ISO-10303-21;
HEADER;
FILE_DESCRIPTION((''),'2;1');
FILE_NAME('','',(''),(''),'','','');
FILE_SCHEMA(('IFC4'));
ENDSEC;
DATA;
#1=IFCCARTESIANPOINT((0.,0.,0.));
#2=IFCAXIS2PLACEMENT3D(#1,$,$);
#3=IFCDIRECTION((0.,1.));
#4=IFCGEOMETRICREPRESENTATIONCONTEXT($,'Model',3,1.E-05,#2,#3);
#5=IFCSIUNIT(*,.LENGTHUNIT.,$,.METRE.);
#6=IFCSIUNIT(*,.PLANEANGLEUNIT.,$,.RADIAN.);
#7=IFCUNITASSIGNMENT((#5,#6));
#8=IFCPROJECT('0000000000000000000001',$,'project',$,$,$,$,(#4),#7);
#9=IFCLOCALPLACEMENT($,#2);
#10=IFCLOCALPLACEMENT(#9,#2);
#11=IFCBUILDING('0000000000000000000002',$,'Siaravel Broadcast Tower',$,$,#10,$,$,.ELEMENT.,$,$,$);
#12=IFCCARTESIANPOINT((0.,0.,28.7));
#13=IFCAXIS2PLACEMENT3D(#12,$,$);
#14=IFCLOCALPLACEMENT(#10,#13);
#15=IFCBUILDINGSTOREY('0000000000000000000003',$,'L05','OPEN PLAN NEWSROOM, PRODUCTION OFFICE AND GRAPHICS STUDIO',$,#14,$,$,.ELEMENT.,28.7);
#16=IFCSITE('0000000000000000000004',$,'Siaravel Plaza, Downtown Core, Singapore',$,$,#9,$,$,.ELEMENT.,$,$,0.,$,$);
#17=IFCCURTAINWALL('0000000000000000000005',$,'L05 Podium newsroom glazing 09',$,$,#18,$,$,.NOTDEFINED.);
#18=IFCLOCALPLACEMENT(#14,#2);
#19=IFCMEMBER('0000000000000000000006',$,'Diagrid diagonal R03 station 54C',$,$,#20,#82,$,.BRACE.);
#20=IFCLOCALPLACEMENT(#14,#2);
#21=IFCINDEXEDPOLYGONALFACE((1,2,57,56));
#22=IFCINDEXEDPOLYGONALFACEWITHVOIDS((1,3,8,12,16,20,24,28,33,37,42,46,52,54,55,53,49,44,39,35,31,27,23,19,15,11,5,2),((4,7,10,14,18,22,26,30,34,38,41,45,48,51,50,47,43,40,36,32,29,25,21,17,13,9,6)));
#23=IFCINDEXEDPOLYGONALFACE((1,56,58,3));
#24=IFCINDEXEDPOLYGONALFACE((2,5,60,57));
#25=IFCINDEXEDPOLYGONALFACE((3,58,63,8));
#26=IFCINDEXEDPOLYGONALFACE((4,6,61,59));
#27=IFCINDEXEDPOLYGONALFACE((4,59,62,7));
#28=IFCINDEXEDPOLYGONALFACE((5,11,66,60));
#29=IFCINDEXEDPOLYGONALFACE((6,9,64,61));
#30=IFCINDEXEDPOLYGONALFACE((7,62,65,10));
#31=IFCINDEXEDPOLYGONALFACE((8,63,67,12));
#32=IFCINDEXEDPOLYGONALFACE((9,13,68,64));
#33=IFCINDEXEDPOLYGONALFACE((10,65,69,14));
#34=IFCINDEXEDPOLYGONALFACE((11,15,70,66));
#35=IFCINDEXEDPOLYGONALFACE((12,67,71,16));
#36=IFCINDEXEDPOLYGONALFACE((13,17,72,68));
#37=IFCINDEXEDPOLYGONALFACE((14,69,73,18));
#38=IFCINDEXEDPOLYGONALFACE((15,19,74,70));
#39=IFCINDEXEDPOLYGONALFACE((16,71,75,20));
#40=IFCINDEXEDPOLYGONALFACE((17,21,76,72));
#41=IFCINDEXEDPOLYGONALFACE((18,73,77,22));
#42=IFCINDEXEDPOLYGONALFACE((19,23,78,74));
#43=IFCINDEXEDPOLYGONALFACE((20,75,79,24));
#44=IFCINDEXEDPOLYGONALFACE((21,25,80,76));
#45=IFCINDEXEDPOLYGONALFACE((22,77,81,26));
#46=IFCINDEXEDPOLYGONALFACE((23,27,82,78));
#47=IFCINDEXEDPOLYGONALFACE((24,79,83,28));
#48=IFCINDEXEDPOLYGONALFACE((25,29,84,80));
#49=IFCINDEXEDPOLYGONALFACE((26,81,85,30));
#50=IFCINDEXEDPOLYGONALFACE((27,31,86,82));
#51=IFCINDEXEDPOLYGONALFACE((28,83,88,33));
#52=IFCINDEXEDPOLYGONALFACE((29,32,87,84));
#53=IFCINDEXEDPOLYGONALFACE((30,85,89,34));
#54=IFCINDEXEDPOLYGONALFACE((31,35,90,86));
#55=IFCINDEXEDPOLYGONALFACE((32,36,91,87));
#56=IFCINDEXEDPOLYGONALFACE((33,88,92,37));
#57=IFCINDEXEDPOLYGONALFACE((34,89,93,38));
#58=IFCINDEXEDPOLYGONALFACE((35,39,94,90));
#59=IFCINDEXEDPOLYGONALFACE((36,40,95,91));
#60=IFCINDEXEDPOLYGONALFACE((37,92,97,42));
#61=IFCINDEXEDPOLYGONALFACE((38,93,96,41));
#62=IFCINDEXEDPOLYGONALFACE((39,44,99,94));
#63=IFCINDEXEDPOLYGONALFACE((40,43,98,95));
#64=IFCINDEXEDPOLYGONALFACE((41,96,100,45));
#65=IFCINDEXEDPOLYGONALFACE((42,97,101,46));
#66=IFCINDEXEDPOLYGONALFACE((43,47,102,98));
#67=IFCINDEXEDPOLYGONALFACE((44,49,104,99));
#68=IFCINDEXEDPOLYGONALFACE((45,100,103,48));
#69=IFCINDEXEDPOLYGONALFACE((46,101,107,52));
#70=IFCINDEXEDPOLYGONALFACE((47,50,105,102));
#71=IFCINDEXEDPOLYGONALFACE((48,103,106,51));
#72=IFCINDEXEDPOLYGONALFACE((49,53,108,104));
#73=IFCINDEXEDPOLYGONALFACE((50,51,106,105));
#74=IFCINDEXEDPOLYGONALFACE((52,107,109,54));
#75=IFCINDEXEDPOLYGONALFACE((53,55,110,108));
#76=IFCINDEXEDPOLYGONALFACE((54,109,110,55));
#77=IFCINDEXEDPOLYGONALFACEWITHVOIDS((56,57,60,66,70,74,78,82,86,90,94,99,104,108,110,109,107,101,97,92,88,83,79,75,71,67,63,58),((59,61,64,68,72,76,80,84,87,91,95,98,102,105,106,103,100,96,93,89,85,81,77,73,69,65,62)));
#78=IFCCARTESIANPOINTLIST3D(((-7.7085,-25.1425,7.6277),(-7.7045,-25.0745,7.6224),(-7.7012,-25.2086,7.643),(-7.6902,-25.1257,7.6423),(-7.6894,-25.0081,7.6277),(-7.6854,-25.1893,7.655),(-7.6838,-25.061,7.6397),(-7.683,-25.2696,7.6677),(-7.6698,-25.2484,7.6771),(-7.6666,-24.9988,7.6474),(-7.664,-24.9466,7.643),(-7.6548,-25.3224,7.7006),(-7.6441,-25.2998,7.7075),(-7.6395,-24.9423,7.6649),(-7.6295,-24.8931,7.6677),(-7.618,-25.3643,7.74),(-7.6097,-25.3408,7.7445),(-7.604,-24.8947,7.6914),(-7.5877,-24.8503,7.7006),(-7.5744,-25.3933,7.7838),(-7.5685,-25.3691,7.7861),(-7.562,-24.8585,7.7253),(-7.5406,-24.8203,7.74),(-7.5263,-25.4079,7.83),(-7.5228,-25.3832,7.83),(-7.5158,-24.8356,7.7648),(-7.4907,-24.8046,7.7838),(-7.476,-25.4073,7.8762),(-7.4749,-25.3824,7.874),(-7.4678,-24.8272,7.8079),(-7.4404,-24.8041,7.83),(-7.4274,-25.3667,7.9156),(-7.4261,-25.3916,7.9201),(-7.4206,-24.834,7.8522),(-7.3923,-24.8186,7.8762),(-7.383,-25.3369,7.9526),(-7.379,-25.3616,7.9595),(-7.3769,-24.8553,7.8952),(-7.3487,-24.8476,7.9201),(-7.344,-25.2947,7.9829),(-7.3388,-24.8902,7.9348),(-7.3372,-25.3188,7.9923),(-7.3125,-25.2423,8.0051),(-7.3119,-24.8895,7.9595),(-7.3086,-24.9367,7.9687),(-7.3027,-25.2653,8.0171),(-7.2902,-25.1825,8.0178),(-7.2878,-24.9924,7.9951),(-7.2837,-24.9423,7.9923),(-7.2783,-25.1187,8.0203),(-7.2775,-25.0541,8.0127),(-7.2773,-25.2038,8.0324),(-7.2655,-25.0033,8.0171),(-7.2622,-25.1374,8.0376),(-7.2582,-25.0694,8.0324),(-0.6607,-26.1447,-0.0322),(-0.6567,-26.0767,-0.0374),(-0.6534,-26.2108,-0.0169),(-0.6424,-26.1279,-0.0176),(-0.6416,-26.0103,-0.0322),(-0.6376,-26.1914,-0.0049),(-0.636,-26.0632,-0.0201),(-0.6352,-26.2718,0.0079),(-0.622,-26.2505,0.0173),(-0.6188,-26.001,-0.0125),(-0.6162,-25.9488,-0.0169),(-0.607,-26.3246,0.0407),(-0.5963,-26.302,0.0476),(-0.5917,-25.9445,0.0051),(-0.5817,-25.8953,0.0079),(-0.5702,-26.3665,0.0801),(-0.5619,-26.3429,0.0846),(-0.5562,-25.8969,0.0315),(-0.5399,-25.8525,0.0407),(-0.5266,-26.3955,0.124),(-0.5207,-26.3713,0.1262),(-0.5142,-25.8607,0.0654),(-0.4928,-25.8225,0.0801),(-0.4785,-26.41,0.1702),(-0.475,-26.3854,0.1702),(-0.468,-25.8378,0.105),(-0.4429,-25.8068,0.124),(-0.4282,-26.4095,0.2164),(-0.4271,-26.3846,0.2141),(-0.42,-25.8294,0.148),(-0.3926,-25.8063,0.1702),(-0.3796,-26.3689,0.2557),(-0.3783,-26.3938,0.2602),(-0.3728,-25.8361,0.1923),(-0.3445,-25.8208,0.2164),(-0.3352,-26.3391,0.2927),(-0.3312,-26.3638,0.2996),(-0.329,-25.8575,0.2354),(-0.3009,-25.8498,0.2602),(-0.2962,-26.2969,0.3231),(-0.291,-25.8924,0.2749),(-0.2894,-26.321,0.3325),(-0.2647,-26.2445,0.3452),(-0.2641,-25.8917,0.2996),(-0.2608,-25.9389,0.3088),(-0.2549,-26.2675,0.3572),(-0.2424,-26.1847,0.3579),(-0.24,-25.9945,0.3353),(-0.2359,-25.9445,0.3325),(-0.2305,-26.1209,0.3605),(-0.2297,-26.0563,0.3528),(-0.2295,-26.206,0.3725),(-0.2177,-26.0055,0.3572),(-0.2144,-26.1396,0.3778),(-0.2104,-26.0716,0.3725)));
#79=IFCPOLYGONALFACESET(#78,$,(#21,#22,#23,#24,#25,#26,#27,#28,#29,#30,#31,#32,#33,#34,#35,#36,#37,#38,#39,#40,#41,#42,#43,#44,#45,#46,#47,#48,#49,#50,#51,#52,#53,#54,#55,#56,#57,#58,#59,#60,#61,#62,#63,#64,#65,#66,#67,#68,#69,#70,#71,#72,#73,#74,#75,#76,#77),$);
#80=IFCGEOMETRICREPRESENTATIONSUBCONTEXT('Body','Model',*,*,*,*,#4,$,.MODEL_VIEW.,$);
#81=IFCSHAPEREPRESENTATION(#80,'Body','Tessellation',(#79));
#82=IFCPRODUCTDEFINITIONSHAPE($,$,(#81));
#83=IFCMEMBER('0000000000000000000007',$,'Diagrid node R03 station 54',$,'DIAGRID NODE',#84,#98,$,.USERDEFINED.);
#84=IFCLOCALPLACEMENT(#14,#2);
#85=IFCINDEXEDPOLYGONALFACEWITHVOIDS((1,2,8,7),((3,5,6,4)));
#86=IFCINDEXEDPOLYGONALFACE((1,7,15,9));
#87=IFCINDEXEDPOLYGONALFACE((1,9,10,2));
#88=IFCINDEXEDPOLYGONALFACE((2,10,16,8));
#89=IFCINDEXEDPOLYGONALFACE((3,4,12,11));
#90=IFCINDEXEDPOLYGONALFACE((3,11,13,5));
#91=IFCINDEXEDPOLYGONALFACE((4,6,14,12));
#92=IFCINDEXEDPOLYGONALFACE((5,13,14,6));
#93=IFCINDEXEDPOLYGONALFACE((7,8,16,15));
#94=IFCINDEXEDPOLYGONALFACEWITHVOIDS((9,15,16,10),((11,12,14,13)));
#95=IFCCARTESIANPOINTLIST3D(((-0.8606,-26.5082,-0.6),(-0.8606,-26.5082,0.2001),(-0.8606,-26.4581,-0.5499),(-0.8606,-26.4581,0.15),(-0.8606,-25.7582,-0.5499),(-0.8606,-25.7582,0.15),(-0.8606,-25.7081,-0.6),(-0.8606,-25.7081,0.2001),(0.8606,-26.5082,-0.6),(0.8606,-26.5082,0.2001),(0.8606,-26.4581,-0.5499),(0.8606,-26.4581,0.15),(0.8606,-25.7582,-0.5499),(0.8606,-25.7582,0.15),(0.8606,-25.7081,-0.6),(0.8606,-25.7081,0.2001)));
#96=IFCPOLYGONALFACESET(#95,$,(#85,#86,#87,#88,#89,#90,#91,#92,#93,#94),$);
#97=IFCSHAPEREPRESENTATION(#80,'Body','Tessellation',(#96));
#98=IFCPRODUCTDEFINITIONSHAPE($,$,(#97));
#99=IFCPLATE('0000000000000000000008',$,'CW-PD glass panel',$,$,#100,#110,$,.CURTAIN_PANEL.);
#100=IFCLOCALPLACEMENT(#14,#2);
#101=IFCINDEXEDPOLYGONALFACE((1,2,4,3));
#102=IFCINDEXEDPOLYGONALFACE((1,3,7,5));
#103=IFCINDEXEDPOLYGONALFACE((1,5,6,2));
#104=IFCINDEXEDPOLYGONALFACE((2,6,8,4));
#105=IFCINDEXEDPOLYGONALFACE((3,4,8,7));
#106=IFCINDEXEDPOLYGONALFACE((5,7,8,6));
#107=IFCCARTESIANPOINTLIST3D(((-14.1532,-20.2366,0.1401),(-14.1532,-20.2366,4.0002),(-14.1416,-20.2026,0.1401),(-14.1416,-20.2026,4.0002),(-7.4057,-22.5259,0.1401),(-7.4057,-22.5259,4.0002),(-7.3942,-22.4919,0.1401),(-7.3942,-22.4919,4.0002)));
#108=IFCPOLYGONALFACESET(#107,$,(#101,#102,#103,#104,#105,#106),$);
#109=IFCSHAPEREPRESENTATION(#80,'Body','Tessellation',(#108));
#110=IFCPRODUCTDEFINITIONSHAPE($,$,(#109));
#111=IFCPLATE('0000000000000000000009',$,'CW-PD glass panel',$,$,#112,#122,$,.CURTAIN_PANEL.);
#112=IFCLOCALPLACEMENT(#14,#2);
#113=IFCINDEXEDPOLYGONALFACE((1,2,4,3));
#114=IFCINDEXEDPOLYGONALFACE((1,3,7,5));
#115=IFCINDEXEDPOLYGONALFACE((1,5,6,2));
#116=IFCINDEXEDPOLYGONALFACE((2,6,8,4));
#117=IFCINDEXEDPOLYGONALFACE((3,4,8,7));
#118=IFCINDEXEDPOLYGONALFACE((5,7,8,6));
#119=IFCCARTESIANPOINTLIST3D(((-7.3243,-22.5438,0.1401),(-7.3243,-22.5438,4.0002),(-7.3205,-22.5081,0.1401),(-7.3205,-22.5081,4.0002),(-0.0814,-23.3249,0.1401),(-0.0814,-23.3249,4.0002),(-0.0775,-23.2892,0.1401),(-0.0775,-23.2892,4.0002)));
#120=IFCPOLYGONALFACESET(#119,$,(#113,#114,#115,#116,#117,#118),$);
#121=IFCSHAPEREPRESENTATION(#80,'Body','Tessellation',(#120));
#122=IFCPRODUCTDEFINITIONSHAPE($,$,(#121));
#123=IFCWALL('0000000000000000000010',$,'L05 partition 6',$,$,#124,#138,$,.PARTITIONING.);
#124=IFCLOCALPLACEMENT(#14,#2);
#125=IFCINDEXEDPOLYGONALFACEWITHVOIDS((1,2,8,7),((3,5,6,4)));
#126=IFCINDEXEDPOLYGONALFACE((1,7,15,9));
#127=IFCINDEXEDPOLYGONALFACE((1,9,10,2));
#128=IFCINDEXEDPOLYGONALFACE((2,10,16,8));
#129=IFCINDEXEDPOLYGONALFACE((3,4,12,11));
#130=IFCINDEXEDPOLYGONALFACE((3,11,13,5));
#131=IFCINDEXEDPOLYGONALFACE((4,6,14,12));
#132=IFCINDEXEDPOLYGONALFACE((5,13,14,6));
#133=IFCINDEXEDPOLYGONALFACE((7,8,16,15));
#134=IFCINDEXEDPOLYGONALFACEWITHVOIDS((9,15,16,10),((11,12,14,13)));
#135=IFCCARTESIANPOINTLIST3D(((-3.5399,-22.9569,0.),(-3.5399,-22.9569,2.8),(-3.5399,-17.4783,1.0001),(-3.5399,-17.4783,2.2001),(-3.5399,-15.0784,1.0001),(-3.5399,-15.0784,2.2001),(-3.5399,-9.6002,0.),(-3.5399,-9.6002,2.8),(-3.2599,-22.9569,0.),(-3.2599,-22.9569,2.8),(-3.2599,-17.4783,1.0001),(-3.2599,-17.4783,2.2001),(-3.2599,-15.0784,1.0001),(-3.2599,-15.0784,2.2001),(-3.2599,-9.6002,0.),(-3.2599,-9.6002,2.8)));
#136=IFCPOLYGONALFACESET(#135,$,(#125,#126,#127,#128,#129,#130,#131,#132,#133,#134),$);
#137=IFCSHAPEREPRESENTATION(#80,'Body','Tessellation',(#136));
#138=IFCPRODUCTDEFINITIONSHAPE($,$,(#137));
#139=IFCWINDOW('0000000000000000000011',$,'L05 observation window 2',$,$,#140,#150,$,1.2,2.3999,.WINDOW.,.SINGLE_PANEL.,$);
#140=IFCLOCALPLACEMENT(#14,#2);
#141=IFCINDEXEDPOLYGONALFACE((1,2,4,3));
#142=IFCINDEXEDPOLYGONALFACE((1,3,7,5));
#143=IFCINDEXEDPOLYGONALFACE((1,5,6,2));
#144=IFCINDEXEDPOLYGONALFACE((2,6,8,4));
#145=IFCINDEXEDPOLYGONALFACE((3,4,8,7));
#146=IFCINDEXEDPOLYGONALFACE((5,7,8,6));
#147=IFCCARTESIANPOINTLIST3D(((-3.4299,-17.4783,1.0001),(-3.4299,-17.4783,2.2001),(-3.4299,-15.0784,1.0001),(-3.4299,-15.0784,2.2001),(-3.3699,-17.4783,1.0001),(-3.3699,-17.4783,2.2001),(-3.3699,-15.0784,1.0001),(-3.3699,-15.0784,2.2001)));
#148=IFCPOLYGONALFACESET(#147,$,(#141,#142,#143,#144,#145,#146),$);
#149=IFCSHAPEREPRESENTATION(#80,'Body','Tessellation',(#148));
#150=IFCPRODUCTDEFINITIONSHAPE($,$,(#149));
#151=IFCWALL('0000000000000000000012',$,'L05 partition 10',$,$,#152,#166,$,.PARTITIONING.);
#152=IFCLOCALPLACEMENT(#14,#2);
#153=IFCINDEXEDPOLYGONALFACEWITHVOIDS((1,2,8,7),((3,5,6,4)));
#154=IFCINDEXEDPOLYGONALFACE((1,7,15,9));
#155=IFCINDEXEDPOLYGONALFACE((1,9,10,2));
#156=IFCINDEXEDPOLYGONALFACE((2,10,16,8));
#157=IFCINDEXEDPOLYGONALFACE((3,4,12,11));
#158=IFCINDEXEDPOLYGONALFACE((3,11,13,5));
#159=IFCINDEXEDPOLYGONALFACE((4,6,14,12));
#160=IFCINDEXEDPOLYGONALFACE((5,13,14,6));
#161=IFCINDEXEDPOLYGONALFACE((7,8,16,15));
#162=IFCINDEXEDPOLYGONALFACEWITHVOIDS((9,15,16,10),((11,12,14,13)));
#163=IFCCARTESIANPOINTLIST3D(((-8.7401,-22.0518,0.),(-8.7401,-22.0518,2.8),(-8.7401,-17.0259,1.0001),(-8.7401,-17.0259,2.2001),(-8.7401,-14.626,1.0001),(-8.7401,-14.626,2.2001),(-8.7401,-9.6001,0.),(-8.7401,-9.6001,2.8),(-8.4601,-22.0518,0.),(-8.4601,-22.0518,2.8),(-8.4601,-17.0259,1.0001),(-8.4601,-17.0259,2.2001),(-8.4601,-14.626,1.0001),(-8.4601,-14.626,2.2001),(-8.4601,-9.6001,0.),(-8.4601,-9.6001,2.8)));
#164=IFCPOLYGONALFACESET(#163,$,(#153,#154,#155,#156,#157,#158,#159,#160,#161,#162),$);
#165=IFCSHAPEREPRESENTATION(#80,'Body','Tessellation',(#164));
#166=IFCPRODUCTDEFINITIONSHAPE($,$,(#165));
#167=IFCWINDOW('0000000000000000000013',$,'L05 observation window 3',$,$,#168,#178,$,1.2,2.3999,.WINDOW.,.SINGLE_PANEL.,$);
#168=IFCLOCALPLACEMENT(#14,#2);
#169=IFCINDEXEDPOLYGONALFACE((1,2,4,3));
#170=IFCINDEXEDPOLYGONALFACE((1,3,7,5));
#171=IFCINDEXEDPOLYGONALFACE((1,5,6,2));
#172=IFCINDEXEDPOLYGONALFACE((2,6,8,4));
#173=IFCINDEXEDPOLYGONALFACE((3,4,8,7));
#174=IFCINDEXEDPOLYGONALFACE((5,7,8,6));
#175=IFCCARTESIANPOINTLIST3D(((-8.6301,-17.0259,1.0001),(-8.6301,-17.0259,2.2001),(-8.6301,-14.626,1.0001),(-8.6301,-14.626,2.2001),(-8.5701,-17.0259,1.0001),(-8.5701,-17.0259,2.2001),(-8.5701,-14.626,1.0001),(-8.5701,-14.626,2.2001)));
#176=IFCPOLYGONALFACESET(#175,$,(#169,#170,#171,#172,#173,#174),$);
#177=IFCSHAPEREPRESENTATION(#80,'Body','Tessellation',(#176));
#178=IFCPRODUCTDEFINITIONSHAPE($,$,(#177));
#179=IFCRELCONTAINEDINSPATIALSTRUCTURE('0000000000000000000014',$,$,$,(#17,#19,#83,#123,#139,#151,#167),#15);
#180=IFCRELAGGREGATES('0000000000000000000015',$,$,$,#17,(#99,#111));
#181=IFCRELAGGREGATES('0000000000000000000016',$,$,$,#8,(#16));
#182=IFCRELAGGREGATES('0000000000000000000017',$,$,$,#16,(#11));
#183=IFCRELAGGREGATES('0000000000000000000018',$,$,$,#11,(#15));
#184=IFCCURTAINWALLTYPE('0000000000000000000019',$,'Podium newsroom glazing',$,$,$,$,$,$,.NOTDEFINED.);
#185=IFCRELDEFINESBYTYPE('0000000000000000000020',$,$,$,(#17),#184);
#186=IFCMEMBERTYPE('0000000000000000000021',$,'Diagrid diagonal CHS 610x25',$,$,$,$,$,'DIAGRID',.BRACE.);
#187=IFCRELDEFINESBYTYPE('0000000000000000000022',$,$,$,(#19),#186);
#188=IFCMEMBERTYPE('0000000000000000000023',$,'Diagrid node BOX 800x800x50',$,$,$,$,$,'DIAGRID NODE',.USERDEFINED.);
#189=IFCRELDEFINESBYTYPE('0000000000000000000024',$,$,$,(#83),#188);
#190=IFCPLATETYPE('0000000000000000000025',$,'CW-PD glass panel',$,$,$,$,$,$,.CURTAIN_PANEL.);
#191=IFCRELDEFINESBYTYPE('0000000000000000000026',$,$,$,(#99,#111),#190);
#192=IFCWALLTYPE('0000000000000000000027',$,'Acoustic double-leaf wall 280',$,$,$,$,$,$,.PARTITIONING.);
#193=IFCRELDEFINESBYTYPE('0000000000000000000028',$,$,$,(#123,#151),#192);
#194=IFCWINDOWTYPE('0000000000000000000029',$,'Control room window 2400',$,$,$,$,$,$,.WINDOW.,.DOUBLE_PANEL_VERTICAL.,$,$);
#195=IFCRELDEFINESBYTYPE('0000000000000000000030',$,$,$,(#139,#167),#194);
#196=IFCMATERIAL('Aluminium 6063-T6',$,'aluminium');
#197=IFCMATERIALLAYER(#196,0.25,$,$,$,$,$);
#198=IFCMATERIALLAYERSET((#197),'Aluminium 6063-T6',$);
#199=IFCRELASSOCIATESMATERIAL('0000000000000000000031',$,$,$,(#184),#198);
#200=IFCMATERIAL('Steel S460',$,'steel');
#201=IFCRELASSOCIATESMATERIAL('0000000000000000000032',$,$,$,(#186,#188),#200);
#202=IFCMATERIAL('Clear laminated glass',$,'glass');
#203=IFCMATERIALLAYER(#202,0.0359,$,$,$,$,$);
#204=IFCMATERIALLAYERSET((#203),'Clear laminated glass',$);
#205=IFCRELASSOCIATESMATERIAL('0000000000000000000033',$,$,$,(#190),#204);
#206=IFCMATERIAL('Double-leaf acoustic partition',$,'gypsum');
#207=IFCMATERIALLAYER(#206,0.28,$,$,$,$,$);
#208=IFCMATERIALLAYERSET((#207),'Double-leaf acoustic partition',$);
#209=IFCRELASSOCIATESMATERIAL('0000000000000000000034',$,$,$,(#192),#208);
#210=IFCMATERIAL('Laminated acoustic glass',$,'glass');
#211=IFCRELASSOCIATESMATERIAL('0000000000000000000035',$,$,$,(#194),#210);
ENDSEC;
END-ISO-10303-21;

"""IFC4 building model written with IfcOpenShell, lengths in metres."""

from ifc_helpers import new_model, si_unit, direction, frame, frame_2d, origin, origin_2d, place, context, subcontext, project, spatial, rectangle, hollow_rectangle, hollow_circle, extrude, material, layer, layer_set, material_profile, profile_set, type_object, element, fill, aggregate, save


model = new_model("IFC4")

# Units and contexts
model_context = context("Model", 3, precision=1e-05, world=origin(), true_north=direction((0.0, 1.0)))
body_context = subcontext(model_context, "Body", "Model", "MODEL_VIEW")
ifc_project = project(units=[si_unit("LENGTHUNIT", "METRE"), si_unit("PLANEANGLEUNIT", "RADIAN")], contexts=[model_context])

# Site, building, storey
site_placement = place(None, origin())
site = spatial("IfcSite", under=ifc_project, at=site_placement, Name="Siaravel Plaza, Downtown Core, Singapore", CompositionType="ELEMENT", RefElevation=0.0)
building_placement = place(site_placement, origin())
building = spatial("IfcBuilding", under=site, at=building_placement, Name="Siaravel Broadcast Tower", CompositionType="ELEMENT")
storey_placement = place(building_placement, frame((0.0, 0.0, 28.7)))
storey = spatial("IfcBuildingStorey", under=building, at=storey_placement, Name="L05", Description="OPEN PLAN NEWSROOM, PRODUCTION OFFICE AND GRAPHICS STUDIO", CompositionType="ELEMENT", Elevation=28.7)

# Curtain wall
ifc_material_1 = material(Name="Aluminium 6063-T6", Category="aluminium")
ifc_layer_1 = layer(ifc_material_1, 0.25)
ifc_layer_set_1 = layer_set([ifc_layer_1], Name="Aluminium 6063-T6")
curtain_wall_type = type_object("IfcCurtainWallType", Name="Podium newsroom glazing", PredefinedType="NOTDEFINED", material=ifc_layer_set_1)
curtain_wall_placement = place(storey_placement, origin())
curtain_wall = element("IfcCurtainWall", 1, at=curtain_wall_placement, inside=storey, type_object=curtain_wall_type, Name="L05 Podium newsroom glazing 09", PredefinedType="NOTDEFINED")

# Members
ifc_material_2 = material(Name="Steel S460", Category="steel")
ifc_material_profile_1 = material_profile(ifc_material_2, hollow_circle(Radius=0.3049, WallThickness=0.0249, at=origin_2d()))
ifc_profile_set_1 = profile_set([ifc_material_profile_1], Name="Steel S460")
member_type_1 = type_object("IfcMemberType", Name="Diagrid diagonal CHS 610x25", ElementType="DIAGRID", PredefinedType="BRACE", material=ifc_profile_set_1)
member_1_placement = place(storey_placement, frame((-0.4355, -26.1082, 0.1702), z_axis=(-0.673978, 0.095839, 0.732509), x_axis=(-0.140783, -0.990041, 0.0)))
element("IfcMember", 2, at=member_1_placement, inside=storey, type_object=member_type_1, Name="Diagrid diagonal R03 station 54C", PredefinedType="BRACE", context=body_context, shape_type="SweptSolid", body=[
    extrude(hollow_circle(Radius=0.3049, WallThickness=0.0249, at=origin_2d()), origin(), (0.0, 0.0, 1.0), 10.457),
])
ifc_material_profile_2 = material_profile(ifc_material_2, hollow_rectangle(XDim=0.8, YDim=0.8, WallThickness=0.05, at=origin_2d()))
ifc_profile_set_2 = profile_set([ifc_material_profile_2], Name="Steel S460")
member_type_2 = type_object("IfcMemberType", Name="Diagrid node BOX 800x800x50", ElementType="DIAGRID NODE", PredefinedType="USERDEFINED", material=ifc_profile_set_2)
member_2_placement = place(storey_placement, frame((-0.8606, -26.1082, -0.2), z_axis=(1.0, 0.0, 0.0), x_axis=(0.0, 1.0, 0.0)))
element("IfcMember", 3, at=member_2_placement, inside=storey, type_object=member_type_2, Name="Diagrid node R03 station 54", ObjectType="DIAGRID NODE", PredefinedType="USERDEFINED", context=body_context, shape_type="SweptSolid", body=[
    extrude(hollow_rectangle(XDim=0.8, YDim=0.8, WallThickness=0.05, at=origin_2d()), origin(), (0.0, 0.0, 1.0), 1.7212),
])

# Plates
ifc_material_3 = material(Name="Clear laminated glass", Category="glass")
ifc_layer_2 = layer(ifc_material_3, 0.0359)
ifc_layer_set_2 = layer_set([ifc_layer_2], Name="Clear laminated glass")
plate_type = type_object("IfcPlateType", Name="CW-PD glass panel", PredefinedType="CURTAIN_PANEL", material=ifc_layer_set_2)
plate_1_placement = place(storey_placement, frame((-10.7737, -21.3643, 0.1401), z_axis=(0.0, 0.0, 1.0), x_axis=(0.946977, -0.3213, 0.0)))
plate_1 = element("IfcPlate", 4, at=plate_1_placement, type_object=plate_type, Name="CW-PD glass panel", PredefinedType="CURTAIN_PANEL", context=body_context, shape_type="SweptSolid", body=[
    extrude(rectangle(XDim=7.1252, YDim=0.0359, at=origin_2d()), origin(), (0.0, 0.0, 1.0), 3.8601),
])
plate_2_placement = place(storey_placement, frame((-3.7009, -22.9165, 0.1401), z_axis=(0.0, 0.0, 1.0), x_axis=(0.994236, -0.107217, 0.0)))
plate_2 = element("IfcPlate", 5, at=plate_2_placement, type_object=plate_type, Name="CW-PD glass panel", PredefinedType="CURTAIN_PANEL", context=body_context, shape_type="SweptSolid", body=[
    extrude(rectangle(XDim=7.2849, YDim=0.0359, at=origin_2d()), origin(), (0.0, 0.0, 1.0), 3.8601),
])
aggregate(curtain_wall, [plate_1, plate_2])

# Walls, openings, windows
ifc_material_4 = material(Name="Double-leaf acoustic partition", Category="gypsum")
ifc_layer_3 = layer(ifc_material_4, 0.28)
ifc_layer_set_3 = layer_set([ifc_layer_3], Name="Double-leaf acoustic partition")
wall_type_1 = type_object("IfcWallType", Name="Acoustic double-leaf wall 280", PredefinedType="PARTITIONING", material=ifc_layer_set_3)
wall_1_placement = place(storey_placement, frame((-3.3999, -22.9568, 0.0), z_axis=(0.0, 0.0, 1.0), x_axis=(0.0, 1.0, 0.0)))
wall_1 = element("IfcWall", 6, at=wall_1_placement, inside=storey, type_object=wall_type_1, Name="L05 partition 6", PredefinedType="PARTITIONING", context=body_context, shape_type="SweptSolid", body=[
    extrude(rectangle(XDim=13.3567, YDim=0.28, at=frame_2d((6.6782, 0.0))), origin(), (0.0, 0.0, 1.0), 2.8),
])
opening_1_placement = place(wall_1_placement, frame((5.4785, 0.0, 1.0)))
opening_1 = element("IfcOpeningElement", 7, at=opening_1_placement, cuts=wall_1, PredefinedType="OPENING", context=body_context, shape_type="SweptSolid", body=[
    extrude(rectangle(XDim=2.3999, YDim=1.2, at=frame_2d((1.2, 0.6001))), frame((0.0, 0.1499, 0.0), z_axis=(0.0, -1.0, 0.0), x_axis=(1.0, 0.0, 0.0)), (0.0, 0.0, 1.0), 0.3),
])
ifc_material_5 = material(Name="Laminated acoustic glass", Category="glass")
window_type = type_object("IfcWindowType", Name="Control room window 2400", PartitioningType="DOUBLE_PANEL_VERTICAL", PredefinedType="WINDOW", material=ifc_material_5)
window_1_placement = place(opening_1_placement, origin())
window_1 = element("IfcWindow", 8, at=window_1_placement, inside=storey, type_object=window_type, Name="L05 observation window 2", OverallHeight=1.2, OverallWidth=2.3999, PartitioningType="SINGLE_PANEL", PredefinedType="WINDOW", context=body_context, shape_type="SweptSolid", body=[
    extrude(rectangle(XDim=2.3999, YDim=1.2, at=frame_2d((1.2, 0.6001))), frame((0.0, 0.03, 0.0), z_axis=(0.0, -1.0, 0.0), x_axis=(1.0, 0.0, 0.0)), (0.0, 0.0, 1.0), 0.0601),
])
fill(opening_1, window_1)
wall_2_placement = place(storey_placement, frame((-8.6001, -22.0518, 0.0), z_axis=(0.0, 0.0, 1.0), x_axis=(0.0, 1.0, 0.0)))
wall_2 = element("IfcWall", 9, at=wall_2_placement, inside=storey, type_object=wall_type_1, Name="L05 partition 10", PredefinedType="PARTITIONING", context=body_context, shape_type="SweptSolid", body=[
    extrude(rectangle(XDim=12.4517, YDim=0.28, at=frame_2d((6.2258, 0.0))), origin(), (0.0, 0.0, 1.0), 2.8),
])
opening_2_placement = place(wall_2_placement, frame((5.0259, 0.0, 1.0)))
opening_2 = element("IfcOpeningElement", 10, at=opening_2_placement, cuts=wall_2, PredefinedType="OPENING", context=body_context, shape_type="SweptSolid", body=[
    extrude(rectangle(XDim=2.3999, YDim=1.2, at=frame_2d((1.2, 0.6001))), frame((0.0, 0.1499, 0.0), z_axis=(0.0, -1.0, 0.0), x_axis=(1.0, 0.0, 0.0)), (0.0, 0.0, 1.0), 0.3),
])
window_2_placement = place(opening_2_placement, origin())
window_2 = element("IfcWindow", 11, at=window_2_placement, inside=storey, type_object=window_type, Name="L05 observation window 3", OverallHeight=1.2, OverallWidth=2.3999, PartitioningType="SINGLE_PANEL", PredefinedType="WINDOW", context=body_context, shape_type="SweptSolid", body=[
    extrude(rectangle(XDim=2.3999, YDim=1.2, at=frame_2d((1.2, 0.6001))), frame((0.0, 0.03, 0.0), z_axis=(0.0, -1.0, 0.0), x_axis=(1.0, 0.0, 0.0)), (0.0, 0.0, 1.0), 0.0601),
])
fill(opening_2, window_2)

save(model, "model.ifc")
